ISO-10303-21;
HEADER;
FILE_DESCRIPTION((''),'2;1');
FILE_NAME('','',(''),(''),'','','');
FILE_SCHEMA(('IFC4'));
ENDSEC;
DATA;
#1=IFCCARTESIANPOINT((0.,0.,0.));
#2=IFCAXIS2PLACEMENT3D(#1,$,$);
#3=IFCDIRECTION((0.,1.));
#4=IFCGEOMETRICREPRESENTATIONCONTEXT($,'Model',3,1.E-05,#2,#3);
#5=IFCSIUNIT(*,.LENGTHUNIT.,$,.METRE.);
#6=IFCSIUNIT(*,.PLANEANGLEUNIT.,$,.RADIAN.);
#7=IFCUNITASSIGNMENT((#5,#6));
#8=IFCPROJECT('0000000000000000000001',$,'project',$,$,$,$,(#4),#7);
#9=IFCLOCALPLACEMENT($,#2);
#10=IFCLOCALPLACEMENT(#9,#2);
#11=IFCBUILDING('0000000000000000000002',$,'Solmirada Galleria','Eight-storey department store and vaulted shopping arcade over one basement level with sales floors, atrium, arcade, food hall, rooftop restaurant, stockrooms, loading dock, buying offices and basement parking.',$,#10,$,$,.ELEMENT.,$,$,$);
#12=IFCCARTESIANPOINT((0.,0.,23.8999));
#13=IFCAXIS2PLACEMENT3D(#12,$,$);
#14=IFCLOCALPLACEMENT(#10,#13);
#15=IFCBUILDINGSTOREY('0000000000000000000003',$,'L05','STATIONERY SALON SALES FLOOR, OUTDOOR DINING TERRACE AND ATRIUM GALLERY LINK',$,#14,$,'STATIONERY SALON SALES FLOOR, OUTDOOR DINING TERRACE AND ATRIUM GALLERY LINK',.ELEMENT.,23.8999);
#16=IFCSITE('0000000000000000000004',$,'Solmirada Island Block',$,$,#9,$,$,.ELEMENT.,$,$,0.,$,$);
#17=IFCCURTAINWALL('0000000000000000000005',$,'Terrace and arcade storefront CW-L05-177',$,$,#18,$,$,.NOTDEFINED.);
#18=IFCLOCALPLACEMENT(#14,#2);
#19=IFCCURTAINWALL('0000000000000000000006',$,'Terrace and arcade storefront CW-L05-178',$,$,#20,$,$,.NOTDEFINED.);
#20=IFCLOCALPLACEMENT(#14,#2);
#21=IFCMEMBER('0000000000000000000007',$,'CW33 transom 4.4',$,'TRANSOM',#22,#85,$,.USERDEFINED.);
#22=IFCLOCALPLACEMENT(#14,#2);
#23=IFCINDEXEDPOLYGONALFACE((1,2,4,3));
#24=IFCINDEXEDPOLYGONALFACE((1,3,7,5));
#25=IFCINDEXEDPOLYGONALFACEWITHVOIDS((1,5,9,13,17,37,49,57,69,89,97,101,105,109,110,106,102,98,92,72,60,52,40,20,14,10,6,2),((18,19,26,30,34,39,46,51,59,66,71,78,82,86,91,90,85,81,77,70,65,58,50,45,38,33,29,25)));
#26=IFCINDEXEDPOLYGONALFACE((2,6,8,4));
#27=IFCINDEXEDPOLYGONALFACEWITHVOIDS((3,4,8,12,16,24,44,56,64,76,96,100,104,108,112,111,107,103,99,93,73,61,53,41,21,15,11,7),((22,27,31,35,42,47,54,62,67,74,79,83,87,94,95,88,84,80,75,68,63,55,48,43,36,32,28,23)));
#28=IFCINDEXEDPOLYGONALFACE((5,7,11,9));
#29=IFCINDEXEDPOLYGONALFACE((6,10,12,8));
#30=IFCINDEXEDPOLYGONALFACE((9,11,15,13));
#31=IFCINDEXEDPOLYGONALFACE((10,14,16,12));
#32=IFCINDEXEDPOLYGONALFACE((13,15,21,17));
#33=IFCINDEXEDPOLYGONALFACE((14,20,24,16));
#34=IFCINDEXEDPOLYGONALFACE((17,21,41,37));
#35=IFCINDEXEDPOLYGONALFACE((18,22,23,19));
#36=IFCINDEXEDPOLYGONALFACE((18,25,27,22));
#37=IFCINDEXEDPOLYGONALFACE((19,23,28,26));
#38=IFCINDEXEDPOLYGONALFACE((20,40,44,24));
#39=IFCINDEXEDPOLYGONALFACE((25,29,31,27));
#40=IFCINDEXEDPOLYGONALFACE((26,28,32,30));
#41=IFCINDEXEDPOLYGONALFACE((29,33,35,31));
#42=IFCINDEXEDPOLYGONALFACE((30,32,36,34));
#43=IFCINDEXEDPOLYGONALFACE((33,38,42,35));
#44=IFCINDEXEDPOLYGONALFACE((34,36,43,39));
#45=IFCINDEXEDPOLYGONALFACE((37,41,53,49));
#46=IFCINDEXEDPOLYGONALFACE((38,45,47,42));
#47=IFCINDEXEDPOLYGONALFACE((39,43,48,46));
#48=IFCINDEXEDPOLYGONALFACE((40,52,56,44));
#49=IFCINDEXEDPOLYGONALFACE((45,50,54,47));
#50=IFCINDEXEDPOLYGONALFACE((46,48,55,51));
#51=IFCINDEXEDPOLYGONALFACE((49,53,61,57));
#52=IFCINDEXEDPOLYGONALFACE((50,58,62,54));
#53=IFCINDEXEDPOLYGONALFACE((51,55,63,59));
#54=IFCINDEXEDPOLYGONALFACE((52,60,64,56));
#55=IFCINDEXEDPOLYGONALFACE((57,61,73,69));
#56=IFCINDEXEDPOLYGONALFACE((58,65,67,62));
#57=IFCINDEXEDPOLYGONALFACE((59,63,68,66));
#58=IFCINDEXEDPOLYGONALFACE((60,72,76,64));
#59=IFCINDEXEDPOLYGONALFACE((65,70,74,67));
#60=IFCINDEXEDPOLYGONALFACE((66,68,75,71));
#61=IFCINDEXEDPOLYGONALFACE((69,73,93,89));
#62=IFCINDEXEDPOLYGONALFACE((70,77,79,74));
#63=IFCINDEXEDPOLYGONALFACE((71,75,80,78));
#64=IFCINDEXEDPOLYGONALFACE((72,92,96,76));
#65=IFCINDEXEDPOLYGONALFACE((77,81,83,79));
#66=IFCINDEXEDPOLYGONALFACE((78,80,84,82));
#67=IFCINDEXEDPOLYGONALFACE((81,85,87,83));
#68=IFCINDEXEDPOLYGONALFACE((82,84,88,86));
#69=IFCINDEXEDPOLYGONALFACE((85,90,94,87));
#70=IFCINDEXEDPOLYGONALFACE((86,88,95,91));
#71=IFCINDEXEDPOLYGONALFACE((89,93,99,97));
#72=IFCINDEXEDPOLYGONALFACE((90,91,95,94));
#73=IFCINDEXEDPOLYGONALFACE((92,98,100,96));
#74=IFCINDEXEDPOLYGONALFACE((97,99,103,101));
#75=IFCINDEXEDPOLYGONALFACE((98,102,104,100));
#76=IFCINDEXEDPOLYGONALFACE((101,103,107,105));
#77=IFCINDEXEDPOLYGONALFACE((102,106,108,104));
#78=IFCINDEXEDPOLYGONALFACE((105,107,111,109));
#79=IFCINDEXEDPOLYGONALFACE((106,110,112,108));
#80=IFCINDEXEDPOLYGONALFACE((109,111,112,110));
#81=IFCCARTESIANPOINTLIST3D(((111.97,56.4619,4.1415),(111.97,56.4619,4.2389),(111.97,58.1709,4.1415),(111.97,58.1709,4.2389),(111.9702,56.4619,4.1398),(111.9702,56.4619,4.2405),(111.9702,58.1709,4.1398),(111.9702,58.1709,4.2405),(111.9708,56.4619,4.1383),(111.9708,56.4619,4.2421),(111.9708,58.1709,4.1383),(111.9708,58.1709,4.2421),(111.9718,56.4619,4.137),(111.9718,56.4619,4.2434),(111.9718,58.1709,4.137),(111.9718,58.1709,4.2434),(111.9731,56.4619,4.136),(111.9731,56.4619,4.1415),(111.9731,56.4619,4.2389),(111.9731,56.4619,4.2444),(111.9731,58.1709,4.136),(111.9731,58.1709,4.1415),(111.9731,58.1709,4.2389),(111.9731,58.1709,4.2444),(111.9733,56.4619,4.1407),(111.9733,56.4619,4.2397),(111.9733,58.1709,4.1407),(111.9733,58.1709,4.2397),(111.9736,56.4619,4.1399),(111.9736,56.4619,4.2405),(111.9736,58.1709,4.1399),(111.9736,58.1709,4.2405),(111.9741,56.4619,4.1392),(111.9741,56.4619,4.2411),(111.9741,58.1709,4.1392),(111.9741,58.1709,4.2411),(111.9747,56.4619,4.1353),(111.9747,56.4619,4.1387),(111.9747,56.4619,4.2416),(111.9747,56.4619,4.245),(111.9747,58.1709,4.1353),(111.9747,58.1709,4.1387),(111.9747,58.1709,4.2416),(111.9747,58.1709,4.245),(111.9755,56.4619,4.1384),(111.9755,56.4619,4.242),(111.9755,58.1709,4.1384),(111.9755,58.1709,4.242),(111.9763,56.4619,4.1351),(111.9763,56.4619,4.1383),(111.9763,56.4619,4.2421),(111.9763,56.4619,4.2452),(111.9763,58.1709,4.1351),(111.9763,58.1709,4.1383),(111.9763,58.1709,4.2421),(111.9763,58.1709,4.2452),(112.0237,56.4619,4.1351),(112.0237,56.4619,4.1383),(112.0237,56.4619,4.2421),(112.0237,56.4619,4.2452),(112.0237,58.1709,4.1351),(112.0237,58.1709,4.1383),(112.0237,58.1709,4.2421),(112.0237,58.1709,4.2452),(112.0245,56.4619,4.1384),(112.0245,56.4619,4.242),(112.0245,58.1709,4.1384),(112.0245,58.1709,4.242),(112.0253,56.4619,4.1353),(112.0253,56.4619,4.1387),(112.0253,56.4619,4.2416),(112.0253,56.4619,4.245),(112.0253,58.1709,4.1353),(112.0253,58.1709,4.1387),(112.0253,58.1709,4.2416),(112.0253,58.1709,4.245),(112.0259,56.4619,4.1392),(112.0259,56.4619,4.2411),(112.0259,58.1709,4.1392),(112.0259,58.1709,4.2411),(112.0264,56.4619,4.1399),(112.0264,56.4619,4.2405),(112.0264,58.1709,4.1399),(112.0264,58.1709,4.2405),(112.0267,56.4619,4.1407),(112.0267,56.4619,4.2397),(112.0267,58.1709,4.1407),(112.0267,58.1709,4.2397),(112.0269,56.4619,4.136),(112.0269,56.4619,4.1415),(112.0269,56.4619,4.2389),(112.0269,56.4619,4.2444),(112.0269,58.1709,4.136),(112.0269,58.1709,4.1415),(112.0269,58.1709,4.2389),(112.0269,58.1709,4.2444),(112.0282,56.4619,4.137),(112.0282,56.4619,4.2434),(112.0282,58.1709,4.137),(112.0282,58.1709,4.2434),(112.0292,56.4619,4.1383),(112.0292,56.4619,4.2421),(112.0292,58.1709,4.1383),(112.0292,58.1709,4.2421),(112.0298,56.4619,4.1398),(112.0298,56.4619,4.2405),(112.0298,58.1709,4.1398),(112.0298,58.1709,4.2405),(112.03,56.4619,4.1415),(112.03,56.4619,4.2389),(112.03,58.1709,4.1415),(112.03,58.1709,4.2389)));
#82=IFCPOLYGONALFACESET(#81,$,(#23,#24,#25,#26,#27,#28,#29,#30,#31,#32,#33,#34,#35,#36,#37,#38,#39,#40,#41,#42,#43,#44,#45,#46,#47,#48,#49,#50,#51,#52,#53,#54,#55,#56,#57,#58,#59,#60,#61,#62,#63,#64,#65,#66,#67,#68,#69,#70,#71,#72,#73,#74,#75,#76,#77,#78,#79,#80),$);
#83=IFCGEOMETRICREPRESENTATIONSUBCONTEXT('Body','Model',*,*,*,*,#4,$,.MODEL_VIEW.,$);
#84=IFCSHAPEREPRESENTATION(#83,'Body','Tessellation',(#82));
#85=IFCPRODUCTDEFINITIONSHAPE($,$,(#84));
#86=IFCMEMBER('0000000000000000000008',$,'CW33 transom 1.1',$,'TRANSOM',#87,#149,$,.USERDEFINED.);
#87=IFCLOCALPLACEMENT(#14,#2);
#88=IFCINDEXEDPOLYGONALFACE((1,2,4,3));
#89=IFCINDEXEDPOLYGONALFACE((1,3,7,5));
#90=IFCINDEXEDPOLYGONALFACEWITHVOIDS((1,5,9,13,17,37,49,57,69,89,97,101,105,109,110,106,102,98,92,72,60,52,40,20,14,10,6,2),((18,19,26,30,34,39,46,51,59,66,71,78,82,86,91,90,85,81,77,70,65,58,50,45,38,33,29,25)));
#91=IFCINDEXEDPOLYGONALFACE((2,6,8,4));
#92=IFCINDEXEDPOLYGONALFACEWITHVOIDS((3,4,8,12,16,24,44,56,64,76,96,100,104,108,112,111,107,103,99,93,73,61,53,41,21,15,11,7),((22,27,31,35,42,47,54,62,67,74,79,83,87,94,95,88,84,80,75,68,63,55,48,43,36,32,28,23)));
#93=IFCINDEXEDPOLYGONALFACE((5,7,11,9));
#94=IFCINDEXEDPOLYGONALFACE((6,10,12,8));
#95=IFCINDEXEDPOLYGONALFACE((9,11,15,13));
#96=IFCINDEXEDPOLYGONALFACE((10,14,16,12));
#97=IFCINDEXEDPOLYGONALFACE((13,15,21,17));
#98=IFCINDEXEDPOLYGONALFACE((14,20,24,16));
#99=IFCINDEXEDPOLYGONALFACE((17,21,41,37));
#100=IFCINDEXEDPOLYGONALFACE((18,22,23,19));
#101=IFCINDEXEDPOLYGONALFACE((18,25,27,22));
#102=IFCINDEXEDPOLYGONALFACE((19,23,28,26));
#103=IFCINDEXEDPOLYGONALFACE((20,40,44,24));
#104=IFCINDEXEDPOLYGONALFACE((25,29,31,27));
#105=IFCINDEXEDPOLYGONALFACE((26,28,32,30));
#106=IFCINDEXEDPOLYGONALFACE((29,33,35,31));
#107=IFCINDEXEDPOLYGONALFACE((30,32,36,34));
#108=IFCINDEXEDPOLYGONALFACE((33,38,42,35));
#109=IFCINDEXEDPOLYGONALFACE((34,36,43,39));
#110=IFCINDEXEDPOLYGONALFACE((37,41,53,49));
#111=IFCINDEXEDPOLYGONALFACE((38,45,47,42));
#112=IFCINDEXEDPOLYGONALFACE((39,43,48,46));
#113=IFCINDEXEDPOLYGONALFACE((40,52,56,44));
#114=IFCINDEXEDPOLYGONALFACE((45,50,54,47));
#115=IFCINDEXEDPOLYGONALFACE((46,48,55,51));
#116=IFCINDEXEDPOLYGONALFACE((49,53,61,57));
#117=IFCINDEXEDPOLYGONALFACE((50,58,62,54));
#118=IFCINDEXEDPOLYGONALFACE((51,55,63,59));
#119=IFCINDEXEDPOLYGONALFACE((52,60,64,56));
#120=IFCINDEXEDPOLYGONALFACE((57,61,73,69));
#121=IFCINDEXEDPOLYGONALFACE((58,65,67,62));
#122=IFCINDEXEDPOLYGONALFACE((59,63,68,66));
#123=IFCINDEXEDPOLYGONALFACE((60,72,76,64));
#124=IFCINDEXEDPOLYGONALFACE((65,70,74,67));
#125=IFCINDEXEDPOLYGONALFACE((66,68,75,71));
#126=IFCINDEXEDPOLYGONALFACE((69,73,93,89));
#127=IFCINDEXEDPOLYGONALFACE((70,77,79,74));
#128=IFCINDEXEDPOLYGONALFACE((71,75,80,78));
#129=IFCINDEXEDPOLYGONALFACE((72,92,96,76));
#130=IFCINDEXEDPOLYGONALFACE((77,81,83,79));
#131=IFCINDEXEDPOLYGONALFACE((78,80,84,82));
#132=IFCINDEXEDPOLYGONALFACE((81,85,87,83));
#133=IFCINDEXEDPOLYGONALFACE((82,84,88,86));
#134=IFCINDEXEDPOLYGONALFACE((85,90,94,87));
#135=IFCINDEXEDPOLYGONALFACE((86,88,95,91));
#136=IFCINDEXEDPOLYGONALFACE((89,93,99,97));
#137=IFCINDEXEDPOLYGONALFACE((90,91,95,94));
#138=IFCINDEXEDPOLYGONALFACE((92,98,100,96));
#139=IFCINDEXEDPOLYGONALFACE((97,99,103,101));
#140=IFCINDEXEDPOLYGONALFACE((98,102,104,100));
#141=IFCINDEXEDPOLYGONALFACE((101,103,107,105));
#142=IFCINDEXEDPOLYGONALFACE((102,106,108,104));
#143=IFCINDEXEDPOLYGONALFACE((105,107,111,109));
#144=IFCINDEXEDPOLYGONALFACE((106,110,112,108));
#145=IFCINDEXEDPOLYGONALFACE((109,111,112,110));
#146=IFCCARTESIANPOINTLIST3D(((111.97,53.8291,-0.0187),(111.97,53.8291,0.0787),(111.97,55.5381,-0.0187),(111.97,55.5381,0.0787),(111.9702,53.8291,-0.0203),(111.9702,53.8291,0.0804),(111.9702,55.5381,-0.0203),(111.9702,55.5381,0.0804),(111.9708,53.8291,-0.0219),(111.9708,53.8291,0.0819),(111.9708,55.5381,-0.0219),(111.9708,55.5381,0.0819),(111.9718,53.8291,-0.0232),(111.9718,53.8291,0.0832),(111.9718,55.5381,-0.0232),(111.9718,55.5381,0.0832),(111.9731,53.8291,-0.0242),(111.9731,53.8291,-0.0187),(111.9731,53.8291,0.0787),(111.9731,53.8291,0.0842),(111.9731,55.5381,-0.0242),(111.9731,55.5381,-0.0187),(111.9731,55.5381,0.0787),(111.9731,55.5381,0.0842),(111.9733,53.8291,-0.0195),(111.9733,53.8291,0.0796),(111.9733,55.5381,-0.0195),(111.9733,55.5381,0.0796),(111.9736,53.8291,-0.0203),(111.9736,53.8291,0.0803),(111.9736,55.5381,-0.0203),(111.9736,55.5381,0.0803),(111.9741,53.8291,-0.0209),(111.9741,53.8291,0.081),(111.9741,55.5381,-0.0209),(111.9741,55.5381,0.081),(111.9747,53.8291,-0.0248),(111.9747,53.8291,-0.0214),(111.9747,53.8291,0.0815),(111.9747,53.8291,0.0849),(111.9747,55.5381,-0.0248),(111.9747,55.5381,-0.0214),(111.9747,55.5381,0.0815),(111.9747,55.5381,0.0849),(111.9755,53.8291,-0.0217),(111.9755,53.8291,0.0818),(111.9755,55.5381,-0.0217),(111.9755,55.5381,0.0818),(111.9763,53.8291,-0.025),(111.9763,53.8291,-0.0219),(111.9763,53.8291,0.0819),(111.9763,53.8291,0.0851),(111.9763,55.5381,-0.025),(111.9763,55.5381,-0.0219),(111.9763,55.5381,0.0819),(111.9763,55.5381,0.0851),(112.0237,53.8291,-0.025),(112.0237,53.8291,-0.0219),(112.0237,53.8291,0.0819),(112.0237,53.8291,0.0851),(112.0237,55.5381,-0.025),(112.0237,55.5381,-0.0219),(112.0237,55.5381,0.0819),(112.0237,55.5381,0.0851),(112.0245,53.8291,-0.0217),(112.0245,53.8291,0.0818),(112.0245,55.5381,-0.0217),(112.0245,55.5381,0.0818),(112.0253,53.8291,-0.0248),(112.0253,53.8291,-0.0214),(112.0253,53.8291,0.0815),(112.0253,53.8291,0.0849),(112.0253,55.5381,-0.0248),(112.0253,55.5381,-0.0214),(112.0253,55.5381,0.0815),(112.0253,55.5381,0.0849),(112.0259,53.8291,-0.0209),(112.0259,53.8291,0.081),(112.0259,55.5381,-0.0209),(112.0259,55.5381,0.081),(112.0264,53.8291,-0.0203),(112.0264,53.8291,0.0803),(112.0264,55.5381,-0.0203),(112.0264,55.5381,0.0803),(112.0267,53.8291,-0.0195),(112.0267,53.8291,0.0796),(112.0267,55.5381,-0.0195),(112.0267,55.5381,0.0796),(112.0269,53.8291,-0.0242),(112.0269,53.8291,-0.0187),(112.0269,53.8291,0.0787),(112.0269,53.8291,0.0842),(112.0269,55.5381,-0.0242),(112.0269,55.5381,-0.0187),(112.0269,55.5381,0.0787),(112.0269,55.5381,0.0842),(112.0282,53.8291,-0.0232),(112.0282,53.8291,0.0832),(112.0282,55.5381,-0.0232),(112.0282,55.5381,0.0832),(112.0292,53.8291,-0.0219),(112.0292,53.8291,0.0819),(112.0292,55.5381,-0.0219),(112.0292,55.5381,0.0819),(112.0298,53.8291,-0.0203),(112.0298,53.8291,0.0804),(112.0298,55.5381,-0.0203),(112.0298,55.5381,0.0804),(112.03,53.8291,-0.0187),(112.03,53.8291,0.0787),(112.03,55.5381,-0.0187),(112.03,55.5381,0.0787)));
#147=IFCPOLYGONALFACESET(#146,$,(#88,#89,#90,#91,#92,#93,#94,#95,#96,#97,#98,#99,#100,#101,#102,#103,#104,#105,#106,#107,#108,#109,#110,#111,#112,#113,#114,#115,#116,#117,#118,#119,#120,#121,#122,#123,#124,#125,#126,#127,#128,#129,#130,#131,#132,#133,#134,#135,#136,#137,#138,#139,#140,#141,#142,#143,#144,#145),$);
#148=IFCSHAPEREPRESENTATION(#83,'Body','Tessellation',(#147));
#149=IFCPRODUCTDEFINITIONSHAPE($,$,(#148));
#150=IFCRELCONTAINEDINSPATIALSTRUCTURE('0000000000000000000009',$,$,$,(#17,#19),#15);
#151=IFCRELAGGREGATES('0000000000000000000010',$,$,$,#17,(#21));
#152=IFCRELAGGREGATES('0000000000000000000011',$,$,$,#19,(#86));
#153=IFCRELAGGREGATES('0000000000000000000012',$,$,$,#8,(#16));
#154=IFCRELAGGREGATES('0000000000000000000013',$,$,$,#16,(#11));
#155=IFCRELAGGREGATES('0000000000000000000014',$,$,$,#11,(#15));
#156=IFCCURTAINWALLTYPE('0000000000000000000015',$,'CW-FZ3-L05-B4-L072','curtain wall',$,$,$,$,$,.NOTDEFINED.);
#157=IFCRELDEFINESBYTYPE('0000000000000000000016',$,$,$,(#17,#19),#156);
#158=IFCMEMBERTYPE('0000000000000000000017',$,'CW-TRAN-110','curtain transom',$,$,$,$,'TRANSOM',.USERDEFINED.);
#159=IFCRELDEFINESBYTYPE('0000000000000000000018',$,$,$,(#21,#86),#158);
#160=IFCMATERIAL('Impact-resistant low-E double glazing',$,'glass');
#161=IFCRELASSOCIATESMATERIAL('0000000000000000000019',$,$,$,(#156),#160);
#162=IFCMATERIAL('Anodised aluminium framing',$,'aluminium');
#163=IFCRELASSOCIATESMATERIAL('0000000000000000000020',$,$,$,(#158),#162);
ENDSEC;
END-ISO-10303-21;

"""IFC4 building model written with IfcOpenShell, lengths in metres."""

from ifc_helpers import new_model, si_unit, direction, frame, origin, origin_2d, place, context, subcontext, project, spatial, hollow_rectangle, extrude, material, material_profile, profile_set, type_object, element, aggregate, save


model = new_model("IFC4")

# Units and contexts
model_context = context("Model", 3, precision=1e-05, world=origin(), true_north=direction((0.0, 1.0)))
body_context = subcontext(model_context, "Body", "Model", "MODEL_VIEW")
ifc_project = project(units=[si_unit("LENGTHUNIT", "METRE"), si_unit("PLANEANGLEUNIT", "RADIAN")], contexts=[model_context])

# Site, building, storey
site_placement = place(None, origin())
site = spatial("IfcSite", under=ifc_project, at=site_placement, Name="Solmirada Island Block", CompositionType="ELEMENT", RefElevation=0.0)
building_placement = place(site_placement, origin())
building = spatial("IfcBuilding", under=site, at=building_placement, Name="Solmirada Galleria", Description="Eight-storey department store and vaulted shopping arcade over one basement level with sales floors, atrium, arcade, food hall, rooftop restaurant, stockrooms, loading dock, buying offices and basement parking.", CompositionType="ELEMENT")
storey_placement = place(building_placement, frame((0.0, 0.0, 23.8999)))
storey = spatial("IfcBuildingStorey", under=building, at=storey_placement, Name="L05", Description="STATIONERY SALON SALES FLOOR, OUTDOOR DINING TERRACE AND ATRIUM GALLERY LINK", LongName="STATIONERY SALON SALES FLOOR, OUTDOOR DINING TERRACE AND ATRIUM GALLERY LINK", CompositionType="ELEMENT", Elevation=23.8999)

# Curtain walls
ifc_material_1 = material(Name="Impact-resistant low-E double glazing", Category="glass")
curtain_wall_type = type_object("IfcCurtainWallType", Name="CW-FZ3-L05-B4-L072", Description="curtain wall", PredefinedType="NOTDEFINED", material=ifc_material_1)
curtain_wall_1_placement = place(storey_placement, origin())
curtain_wall_1 = element("IfcCurtainWall", 1, at=curtain_wall_1_placement, inside=storey, type_object=curtain_wall_type, Name="Terrace and arcade storefront CW-L05-177", PredefinedType="NOTDEFINED")
ifc_material_2 = material(Name="Anodised aluminium framing", Category="aluminium")
curtain_wall_2_placement = place(storey_placement, origin())
curtain_wall_2 = element("IfcCurtainWall", 2, at=curtain_wall_2_placement, inside=storey, type_object=curtain_wall_type, Name="Terrace and arcade storefront CW-L05-178", PredefinedType="NOTDEFINED")

# Members
ifc_material_profile_1 = material_profile(ifc_material_2, hollow_rectangle(XDim=0.0601, YDim=0.1101, WallThickness=0.0032, InnerFilletRadius=0.0032, OuterFilletRadius=0.0063, at=origin_2d()), Name="ALU-TRAN-110X60")
ifc_profile_set_1 = profile_set([ifc_material_profile_1], Name="Anodised aluminium framing")
member_type_1 = type_object("IfcMemberType", Name="CW-TRAN-110", Description="curtain transom", ElementType="TRANSOM", PredefinedType="USERDEFINED", material=ifc_profile_set_1)
member_1_placement = place(storey_placement, frame((112.0, 58.1709, 4.1902), z_axis=(0.0, -1.0, 0.0), x_axis=(1.0, 0.0, 0.0)))
member_1 = element("IfcMember", 3, at=member_1_placement, type_object=member_type_1, Name="CW33 transom 4.4", ObjectType="TRANSOM", PredefinedType="USERDEFINED", context=body_context, shape_type="SweptSolid", body=[
    extrude(hollow_rectangle(XDim=0.0601, YDim=0.1101, WallThickness=0.0032, InnerFilletRadius=0.0032, OuterFilletRadius=0.0063, at=origin_2d()), origin(), (0.0, 0.0, 1.0), 1.709),
])
member_2_placement = place(storey_placement, frame((112.0, 55.5381, 0.03), z_axis=(0.0, -1.0, 0.0), x_axis=(1.0, 0.0, 0.0)))
member_2 = element("IfcMember", 4, at=member_2_placement, type_object=member_type_1, Name="CW33 transom 1.1", ObjectType="TRANSOM", PredefinedType="USERDEFINED", context=body_context, shape_type="SweptSolid", body=[
    extrude(hollow_rectangle(XDim=0.0601, YDim=0.1101, WallThickness=0.0032, InnerFilletRadius=0.0032, OuterFilletRadius=0.0063, at=origin_2d()), origin(), (0.0, 0.0, 1.0), 1.709),
])

aggregate(curtain_wall_1, [member_1])
aggregate(curtain_wall_2, [member_2])

save(model, "model.ifc")
